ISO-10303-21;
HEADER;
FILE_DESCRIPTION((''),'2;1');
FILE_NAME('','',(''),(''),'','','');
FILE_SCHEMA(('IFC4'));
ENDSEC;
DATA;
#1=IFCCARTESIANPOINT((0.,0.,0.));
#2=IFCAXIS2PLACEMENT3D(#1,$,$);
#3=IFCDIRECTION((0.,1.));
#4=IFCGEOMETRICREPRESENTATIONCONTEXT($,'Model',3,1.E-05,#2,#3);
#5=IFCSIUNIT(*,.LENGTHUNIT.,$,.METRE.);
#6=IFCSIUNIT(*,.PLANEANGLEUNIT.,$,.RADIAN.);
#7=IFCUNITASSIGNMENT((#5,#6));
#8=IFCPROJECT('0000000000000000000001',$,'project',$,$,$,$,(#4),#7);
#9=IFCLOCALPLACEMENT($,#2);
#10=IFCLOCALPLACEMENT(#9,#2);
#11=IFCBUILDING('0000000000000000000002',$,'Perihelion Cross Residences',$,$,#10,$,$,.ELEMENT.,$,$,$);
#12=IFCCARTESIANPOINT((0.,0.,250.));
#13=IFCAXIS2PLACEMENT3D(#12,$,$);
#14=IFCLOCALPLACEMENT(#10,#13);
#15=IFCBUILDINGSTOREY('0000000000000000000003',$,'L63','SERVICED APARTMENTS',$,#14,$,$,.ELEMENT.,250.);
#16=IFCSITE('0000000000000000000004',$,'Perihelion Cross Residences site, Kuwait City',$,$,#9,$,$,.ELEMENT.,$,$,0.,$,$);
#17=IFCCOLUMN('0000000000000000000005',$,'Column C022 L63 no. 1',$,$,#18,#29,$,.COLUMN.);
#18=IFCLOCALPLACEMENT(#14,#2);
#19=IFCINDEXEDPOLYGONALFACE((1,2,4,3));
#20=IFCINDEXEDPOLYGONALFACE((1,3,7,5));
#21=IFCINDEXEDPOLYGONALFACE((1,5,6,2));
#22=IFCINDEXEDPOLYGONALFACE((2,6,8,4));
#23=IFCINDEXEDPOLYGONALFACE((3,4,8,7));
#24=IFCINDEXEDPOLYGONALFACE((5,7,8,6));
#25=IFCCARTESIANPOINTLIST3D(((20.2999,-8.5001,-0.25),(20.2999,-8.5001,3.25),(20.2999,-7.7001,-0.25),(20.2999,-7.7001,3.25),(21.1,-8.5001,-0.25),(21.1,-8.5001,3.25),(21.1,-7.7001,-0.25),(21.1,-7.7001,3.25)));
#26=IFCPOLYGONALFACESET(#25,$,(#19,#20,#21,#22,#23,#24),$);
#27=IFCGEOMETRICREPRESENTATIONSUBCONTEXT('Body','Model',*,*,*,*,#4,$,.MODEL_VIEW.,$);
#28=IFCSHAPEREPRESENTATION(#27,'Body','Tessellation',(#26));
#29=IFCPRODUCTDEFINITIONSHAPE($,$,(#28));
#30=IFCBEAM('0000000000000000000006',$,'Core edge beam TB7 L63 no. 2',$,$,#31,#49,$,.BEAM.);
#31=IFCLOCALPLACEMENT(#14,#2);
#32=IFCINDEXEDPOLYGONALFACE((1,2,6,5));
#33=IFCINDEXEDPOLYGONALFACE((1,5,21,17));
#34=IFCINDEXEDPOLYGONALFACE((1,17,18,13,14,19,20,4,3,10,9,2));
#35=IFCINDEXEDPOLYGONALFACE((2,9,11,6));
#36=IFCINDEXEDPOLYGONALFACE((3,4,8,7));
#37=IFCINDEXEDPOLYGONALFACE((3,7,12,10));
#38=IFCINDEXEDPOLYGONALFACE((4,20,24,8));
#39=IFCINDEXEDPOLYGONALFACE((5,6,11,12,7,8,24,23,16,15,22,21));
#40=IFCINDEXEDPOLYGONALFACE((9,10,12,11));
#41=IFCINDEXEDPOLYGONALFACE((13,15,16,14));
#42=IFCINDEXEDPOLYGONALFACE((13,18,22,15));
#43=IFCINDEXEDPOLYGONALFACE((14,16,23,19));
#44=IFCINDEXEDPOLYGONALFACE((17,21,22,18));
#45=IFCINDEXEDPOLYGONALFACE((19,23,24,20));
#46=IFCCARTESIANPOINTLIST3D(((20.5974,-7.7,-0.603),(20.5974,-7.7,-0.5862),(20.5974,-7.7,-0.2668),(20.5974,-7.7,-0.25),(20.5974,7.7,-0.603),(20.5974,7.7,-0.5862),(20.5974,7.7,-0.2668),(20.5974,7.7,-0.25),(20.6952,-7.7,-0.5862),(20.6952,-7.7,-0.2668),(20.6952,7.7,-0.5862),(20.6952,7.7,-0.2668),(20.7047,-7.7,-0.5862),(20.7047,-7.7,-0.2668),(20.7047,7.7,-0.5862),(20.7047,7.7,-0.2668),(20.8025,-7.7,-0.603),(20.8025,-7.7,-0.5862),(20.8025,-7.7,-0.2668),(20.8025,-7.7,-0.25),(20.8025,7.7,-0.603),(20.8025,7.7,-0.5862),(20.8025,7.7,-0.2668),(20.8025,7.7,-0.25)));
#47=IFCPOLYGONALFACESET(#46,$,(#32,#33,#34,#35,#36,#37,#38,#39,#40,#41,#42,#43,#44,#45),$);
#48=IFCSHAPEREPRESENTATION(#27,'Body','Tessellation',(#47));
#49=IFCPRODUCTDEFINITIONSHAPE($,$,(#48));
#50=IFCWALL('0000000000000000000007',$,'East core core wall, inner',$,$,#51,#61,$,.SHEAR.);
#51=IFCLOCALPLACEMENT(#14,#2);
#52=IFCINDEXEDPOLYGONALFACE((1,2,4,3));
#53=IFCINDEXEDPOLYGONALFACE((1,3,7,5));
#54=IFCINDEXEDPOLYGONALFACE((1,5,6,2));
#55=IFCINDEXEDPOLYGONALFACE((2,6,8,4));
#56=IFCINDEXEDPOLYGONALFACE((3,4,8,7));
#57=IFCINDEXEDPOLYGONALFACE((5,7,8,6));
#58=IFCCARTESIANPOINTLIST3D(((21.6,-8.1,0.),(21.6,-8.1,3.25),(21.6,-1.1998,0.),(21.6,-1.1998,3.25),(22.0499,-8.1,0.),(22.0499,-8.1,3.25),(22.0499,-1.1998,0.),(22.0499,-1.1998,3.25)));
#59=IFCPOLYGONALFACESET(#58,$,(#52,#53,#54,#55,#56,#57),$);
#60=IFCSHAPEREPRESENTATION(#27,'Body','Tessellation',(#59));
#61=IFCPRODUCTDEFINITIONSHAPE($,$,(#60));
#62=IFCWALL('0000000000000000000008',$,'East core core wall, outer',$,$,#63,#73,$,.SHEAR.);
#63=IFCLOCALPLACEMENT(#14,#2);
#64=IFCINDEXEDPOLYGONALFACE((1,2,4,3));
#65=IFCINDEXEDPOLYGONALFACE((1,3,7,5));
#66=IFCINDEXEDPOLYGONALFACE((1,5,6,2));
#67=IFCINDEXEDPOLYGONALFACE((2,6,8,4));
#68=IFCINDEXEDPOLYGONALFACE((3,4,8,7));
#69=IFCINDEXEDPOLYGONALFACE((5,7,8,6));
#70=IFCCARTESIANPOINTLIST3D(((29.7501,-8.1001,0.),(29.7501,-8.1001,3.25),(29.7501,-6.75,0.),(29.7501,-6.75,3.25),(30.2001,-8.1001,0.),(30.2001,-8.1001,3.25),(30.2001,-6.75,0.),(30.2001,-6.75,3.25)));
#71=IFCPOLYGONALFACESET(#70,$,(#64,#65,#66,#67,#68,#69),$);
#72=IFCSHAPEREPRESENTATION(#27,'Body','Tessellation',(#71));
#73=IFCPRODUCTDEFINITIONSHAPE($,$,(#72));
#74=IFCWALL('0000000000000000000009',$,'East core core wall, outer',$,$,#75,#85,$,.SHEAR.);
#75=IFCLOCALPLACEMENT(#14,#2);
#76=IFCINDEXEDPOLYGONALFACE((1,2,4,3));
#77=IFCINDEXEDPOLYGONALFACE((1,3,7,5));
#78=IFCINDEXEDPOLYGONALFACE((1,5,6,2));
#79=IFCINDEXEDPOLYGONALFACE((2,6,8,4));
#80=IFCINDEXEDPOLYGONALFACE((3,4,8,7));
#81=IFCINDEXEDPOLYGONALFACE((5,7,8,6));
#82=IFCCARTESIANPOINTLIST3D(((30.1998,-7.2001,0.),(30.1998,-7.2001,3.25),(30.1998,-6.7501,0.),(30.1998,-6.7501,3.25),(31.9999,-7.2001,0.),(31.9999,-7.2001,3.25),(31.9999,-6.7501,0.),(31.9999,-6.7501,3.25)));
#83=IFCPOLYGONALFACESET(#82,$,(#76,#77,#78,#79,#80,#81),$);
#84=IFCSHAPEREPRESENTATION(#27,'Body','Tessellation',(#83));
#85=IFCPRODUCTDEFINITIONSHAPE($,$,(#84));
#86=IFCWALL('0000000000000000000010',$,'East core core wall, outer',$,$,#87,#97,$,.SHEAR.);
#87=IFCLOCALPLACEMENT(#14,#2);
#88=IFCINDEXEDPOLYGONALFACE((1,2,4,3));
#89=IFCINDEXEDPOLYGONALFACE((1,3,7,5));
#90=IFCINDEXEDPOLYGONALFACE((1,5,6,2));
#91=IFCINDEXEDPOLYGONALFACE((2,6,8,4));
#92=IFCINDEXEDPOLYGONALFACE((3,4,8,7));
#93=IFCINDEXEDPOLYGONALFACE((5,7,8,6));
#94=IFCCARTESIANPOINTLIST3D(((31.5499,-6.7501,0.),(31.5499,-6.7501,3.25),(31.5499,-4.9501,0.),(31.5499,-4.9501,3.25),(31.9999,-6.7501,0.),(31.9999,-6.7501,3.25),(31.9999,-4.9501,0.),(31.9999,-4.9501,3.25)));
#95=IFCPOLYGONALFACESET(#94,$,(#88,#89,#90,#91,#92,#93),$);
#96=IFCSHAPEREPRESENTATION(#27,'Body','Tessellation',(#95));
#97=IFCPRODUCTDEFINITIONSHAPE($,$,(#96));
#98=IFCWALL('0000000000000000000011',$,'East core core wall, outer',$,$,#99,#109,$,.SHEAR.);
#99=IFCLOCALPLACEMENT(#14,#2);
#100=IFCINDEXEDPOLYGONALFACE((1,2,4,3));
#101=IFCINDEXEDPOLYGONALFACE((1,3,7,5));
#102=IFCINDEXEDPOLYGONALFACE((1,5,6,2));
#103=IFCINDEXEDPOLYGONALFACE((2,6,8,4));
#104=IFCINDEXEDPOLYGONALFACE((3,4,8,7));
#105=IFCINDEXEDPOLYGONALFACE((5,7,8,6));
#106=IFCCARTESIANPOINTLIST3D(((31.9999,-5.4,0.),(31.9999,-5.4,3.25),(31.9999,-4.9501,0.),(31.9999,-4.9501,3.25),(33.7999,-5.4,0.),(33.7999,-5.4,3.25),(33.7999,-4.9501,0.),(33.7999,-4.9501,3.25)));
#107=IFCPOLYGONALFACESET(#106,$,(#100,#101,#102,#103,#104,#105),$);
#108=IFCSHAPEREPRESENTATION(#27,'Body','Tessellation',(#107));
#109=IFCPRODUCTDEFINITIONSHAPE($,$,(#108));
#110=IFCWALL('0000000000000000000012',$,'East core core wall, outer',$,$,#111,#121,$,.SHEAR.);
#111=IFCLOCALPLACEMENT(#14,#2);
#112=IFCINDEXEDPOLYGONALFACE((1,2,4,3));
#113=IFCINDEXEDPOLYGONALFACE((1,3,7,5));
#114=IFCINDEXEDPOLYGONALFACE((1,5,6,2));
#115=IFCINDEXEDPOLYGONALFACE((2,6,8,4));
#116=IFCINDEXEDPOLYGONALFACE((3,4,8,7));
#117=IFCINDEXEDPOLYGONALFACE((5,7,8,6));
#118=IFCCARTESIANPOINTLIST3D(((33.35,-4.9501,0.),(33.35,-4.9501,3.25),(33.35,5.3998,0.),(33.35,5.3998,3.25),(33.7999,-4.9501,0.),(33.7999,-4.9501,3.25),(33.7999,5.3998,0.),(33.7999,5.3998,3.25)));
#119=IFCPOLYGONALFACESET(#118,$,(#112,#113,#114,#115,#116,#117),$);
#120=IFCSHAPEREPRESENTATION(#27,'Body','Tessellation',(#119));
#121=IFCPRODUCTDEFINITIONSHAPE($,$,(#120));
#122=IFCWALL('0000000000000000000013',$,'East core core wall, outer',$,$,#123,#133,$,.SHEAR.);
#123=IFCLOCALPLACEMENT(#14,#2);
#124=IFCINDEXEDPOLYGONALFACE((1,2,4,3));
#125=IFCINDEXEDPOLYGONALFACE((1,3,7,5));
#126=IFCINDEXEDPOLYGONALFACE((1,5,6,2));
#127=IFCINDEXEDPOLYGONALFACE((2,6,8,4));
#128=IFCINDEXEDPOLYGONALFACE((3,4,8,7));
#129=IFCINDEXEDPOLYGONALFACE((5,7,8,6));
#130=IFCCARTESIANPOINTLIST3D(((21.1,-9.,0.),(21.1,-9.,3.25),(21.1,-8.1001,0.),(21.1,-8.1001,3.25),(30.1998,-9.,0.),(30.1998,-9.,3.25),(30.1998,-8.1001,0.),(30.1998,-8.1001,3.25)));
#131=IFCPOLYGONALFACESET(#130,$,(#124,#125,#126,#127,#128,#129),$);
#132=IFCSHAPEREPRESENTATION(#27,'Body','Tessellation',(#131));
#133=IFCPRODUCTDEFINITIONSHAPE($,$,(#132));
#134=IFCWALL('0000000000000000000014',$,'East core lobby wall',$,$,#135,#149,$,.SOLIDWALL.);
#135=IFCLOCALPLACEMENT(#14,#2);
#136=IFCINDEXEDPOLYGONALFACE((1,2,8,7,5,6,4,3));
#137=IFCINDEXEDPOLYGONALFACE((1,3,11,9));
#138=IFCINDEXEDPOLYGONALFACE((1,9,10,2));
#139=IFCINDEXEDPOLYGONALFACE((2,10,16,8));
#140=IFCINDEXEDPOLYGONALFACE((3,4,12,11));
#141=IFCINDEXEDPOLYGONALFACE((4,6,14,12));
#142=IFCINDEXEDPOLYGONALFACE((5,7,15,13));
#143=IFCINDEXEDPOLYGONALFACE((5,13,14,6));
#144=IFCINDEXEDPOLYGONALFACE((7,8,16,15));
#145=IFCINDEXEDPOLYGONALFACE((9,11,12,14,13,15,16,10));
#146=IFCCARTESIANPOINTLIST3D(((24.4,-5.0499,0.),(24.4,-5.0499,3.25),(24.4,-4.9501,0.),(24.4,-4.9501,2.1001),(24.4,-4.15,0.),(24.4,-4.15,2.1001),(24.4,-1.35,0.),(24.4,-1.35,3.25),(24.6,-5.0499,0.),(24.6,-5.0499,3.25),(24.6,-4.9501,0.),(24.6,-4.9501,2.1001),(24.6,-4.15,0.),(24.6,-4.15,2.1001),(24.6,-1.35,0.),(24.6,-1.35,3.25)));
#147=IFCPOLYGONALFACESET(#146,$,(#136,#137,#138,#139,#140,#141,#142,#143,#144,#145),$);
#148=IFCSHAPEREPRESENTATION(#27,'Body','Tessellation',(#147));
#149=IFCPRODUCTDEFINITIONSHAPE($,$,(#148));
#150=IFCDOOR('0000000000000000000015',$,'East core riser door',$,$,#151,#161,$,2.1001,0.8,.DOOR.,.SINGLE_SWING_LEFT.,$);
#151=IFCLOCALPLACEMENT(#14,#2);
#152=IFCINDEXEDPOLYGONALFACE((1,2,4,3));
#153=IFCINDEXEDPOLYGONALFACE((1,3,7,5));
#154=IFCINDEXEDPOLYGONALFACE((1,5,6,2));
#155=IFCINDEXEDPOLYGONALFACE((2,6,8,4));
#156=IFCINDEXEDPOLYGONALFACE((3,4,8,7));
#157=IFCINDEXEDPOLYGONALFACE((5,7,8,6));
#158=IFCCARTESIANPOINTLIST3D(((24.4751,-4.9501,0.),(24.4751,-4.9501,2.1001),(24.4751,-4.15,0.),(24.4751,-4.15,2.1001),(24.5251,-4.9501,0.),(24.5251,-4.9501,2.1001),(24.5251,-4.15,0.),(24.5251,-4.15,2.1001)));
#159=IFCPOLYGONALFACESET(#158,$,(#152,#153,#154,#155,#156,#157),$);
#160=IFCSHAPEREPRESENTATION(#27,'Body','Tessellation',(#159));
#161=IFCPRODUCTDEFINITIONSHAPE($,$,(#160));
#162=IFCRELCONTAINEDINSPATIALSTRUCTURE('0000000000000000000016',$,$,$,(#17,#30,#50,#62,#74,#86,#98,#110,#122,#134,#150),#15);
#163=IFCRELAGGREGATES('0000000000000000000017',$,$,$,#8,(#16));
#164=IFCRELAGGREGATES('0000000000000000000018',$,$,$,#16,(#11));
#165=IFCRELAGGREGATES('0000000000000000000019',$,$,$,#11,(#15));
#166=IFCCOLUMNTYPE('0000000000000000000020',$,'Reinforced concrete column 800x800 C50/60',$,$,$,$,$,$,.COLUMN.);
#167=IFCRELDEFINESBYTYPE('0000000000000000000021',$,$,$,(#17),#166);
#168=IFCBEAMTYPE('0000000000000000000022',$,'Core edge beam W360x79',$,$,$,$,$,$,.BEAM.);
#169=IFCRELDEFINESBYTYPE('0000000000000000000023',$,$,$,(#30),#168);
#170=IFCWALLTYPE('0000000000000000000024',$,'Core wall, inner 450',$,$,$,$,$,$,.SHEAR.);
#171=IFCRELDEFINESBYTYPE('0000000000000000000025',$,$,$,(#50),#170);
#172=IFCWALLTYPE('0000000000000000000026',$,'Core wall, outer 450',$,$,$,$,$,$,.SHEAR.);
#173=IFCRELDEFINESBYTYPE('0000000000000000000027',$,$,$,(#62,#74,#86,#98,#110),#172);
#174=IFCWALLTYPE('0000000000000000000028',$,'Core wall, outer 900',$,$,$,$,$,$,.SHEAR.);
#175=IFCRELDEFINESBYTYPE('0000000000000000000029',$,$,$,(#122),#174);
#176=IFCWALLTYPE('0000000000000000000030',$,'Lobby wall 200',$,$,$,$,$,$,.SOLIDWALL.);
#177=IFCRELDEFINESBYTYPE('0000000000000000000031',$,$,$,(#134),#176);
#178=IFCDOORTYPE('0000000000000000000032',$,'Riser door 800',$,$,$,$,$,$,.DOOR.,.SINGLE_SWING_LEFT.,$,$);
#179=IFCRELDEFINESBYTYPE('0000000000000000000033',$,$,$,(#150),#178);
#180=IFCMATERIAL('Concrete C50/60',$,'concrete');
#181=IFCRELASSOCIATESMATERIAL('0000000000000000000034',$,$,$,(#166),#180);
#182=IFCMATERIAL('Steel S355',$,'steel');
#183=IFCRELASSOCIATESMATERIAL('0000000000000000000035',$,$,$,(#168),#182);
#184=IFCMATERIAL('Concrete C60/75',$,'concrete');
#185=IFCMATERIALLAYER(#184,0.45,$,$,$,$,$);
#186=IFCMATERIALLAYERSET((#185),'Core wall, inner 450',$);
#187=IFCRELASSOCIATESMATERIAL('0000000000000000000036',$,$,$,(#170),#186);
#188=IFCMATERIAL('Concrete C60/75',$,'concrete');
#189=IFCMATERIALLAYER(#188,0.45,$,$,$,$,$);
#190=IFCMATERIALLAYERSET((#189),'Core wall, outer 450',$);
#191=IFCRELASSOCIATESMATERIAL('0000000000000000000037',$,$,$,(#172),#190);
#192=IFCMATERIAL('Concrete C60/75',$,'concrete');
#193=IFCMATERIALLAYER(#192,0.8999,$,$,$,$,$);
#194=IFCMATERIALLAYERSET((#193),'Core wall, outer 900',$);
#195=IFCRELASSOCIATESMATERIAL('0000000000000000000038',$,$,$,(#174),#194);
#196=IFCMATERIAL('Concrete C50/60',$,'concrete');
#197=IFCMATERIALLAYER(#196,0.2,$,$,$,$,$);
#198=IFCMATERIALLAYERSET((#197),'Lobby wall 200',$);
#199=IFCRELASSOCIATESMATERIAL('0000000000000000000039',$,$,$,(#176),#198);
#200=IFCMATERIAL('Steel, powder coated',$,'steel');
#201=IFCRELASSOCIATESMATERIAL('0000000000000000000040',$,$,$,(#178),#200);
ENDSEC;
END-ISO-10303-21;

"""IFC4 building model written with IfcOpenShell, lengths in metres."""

from ifc_helpers import new_model, si_unit, direction, frame, frame_2d, origin, origin_2d, place, context, subcontext, project, spatial, rectangle, i_section, extrude, material, layer, layer_set, material_profile, profile_set, type_object, element, fill, save


model = new_model("IFC4")

# Units and contexts
model_context = context("Model", 3, precision=1e-05, world=origin(), true_north=direction((0.0, 1.0)))
body_context = subcontext(model_context, "Body", "Model", "MODEL_VIEW")
ifc_project = project(units=[si_unit("LENGTHUNIT", "METRE"), si_unit("PLANEANGLEUNIT", "RADIAN")], contexts=[model_context])

# Site, building, storey
site_placement = place(None, origin())
site = spatial("IfcSite", under=ifc_project, at=site_placement, Name="Perihelion Cross Residences site, Kuwait City", CompositionType="ELEMENT", RefElevation=0.0)
building_placement = place(site_placement, origin())
building = spatial("IfcBuilding", under=site, at=building_placement, Name="Perihelion Cross Residences", CompositionType="ELEMENT")
storey_placement = place(building_placement, frame((0.0, 0.0, 250.0)))
storey = spatial("IfcBuildingStorey", under=building, at=storey_placement, Name="L63", Description="SERVICED APARTMENTS", CompositionType="ELEMENT", Elevation=250.0)

# Column
ifc_material_1 = material(Name="Concrete C50/60", Category="concrete")
ifc_material_profile_1 = material_profile(ifc_material_1, rectangle(XDim=0.8, YDim=0.8, at=origin_2d()), Name="RC 800x800")
ifc_profile_set_1 = profile_set([ifc_material_profile_1], Name="Concrete C50/60")
column_type = type_object("IfcColumnType", Name="Reinforced concrete column 800x800 C50/60", PredefinedType="COLUMN", material=ifc_profile_set_1)
column_placement = place(storey_placement, frame((20.7, -8.1001, -0.25), z_axis=(0.0, 0.0, 1.0), x_axis=(1.0, 0.0, 0.0)))
element("IfcColumn", 1, at=column_placement, inside=storey, type_object=column_type, Name="Column C022 L63 no. 1", PredefinedType="COLUMN", context=body_context, shape_type="SweptSolid", body=[
    extrude(rectangle(XDim=0.8, YDim=0.8, at=origin_2d()), origin(), (0.0, 0.0, 1.0), 3.5),
])

# Beam
ifc_material_2 = material(Name="Steel S355", Category="steel")
ifc_material_profile_2 = material_profile(ifc_material_2, i_section(OverallWidth=0.2051, OverallDepth=0.353, WebThickness=0.0095, FlangeThickness=0.0168, at=origin_2d()), Name="W360x79")
ifc_profile_set_2 = profile_set([ifc_material_profile_2], Name="Steel S355")
beam_type = type_object("IfcBeamType", Name="Core edge beam W360x79", PredefinedType="BEAM", material=ifc_profile_set_2)
beam_placement = place(storey_placement, frame((20.7, -7.7, -0.4265), z_axis=(0.0, 1.0, 0.0), x_axis=(-1.0, 0.0, 0.0)))
element("IfcBeam", 2, at=beam_placement, inside=storey, type_object=beam_type, Name="Core edge beam TB7 L63 no. 2", PredefinedType="BEAM", context=body_context, shape_type="SweptSolid", body=[
    extrude(i_section(OverallWidth=0.2051, OverallDepth=0.353, WebThickness=0.0095, FlangeThickness=0.0168, at=origin_2d()), origin(), (0.0, 0.0, 1.0), 15.3999),
])

# Walls
ifc_material_3 = material(Name="Concrete C60/75", Category="concrete")
ifc_layer_1 = layer(ifc_material_3, 0.45)
ifc_layer_set_1 = layer_set([ifc_layer_1], Name="Core wall, inner 450")
wall_type_1 = type_object("IfcWallType", Name="Core wall, inner 450", PredefinedType="SHEAR", material=ifc_layer_set_1)
wall_1_placement = place(storey_placement, frame((21.825, -8.1001, 0.0), z_axis=(0.0, 0.0, 1.0), x_axis=(0.0, 1.0, 0.0)))
element("IfcWall", 3, at=wall_1_placement, inside=storey, type_object=wall_type_1, Name="East core core wall, inner", PredefinedType="SHEAR", context=body_context, shape_type="SweptSolid", body=[
    extrude(rectangle(XDim=6.9001, YDim=0.45, at=frame_2d((3.4502, 0.0))), origin(), (0.0, 0.0, 1.0), 3.25),
])
ifc_material_4 = material(Name="Concrete C60/75", Category="concrete")
ifc_layer_2 = layer(ifc_material_4, 0.45)
ifc_layer_set_2 = layer_set([ifc_layer_2], Name="Core wall, outer 450")
wall_type_2 = type_object("IfcWallType", Name="Core wall, outer 450", PredefinedType="SHEAR", material=ifc_layer_set_2)
wall_2_placement = place(storey_placement, frame((29.9751, -8.1001, 0.0), z_axis=(0.0, 0.0, 1.0), x_axis=(0.0, 1.0, 0.0)))
element("IfcWall", 4, at=wall_2_placement, inside=storey, type_object=wall_type_2, Name="East core core wall, outer", PredefinedType="SHEAR", context=body_context, shape_type="SweptSolid", body=[
    extrude(rectangle(XDim=1.3501, YDim=0.45, at=frame_2d((0.675, 0.0))), origin(), (0.0, 0.0, 1.0), 3.25),
])
for number, where, z_axis, x_axis, name in (
    (5, (30.2, -6.9751, 0.0), (0.0, 0.0, 1.0), (1.0, 0.0, 0.0), "East core core wall, outer"),
    (6, (31.7749, -6.75, 0.0), (0.0, 0.0, 1.0), (0.0, 1.0, 0.0), "East core core wall, outer"),
    (7, (32.0, -5.175, 0.0), (0.0, 0.0, 1.0), (1.0, 0.0, 0.0), "East core core wall, outer"),
):
    element("IfcWall", number, at=place(storey_placement, frame(where, z_axis=z_axis, x_axis=x_axis)), inside=storey, type_object=wall_type_2, Name=name, PredefinedType="SHEAR", context=body_context, shape_type="SweptSolid", body=[
        extrude(rectangle(XDim=1.8, YDim=0.45, at=frame_2d((0.8999, 0.0))), origin(), (0.0, 0.0, 1.0), 3.25),
    ])
wall_3_placement = place(storey_placement, frame((33.575, -4.95, 0.0), z_axis=(0.0, 0.0, 1.0), x_axis=(0.0, 1.0, 0.0)))
element("IfcWall", 8, at=wall_3_placement, inside=storey, type_object=wall_type_2, Name="East core core wall, outer", PredefinedType="SHEAR", context=body_context, shape_type="SweptSolid", body=[
    extrude(rectangle(XDim=10.3499, YDim=0.45, at=frame_2d((5.1748, 0.0))), origin(), (0.0, 0.0, 1.0), 3.25),
])
ifc_material_5 = material(Name="Concrete C60/75", Category="concrete")
ifc_layer_3 = layer(ifc_material_5, 0.8999)
ifc_layer_set_3 = layer_set([ifc_layer_3], Name="Core wall, outer 900")
wall_type_3 = type_object("IfcWallType", Name="Core wall, outer 900", PredefinedType="SHEAR", material=ifc_layer_set_3)
wall_4_placement = place(storey_placement, frame((21.1001, -8.55, 0.0), z_axis=(0.0, 0.0, 1.0), x_axis=(1.0, 0.0, 0.0)))
element("IfcWall", 9, at=wall_4_placement, inside=storey, type_object=wall_type_3, Name="East core core wall, outer", PredefinedType="SHEAR", context=body_context, shape_type="SweptSolid", body=[
    extrude(rectangle(XDim=9.0999, YDim=0.8999, at=frame_2d((4.5498, 0.0))), origin(), (0.0, 0.0, 1.0), 3.25),
])

# Wall, opening, door
ifc_material_6 = material(Name="Concrete C50/60", Category="concrete")
ifc_layer_4 = layer(ifc_material_6, 0.2)
ifc_layer_set_4 = layer_set([ifc_layer_4], Name="Lobby wall 200")
wall_type_4 = type_object("IfcWallType", Name="Lobby wall 200", PredefinedType="SOLIDWALL", material=ifc_layer_set_4)
wall_5_placement = place(storey_placement, frame((24.5, -5.05, 0.0), z_axis=(0.0, 0.0, 1.0), x_axis=(0.0, 1.0, 0.0)))
wall_5 = element("IfcWall", 10, at=wall_5_placement, inside=storey, type_object=wall_type_4, Name="East core lobby wall", PredefinedType="SOLIDWALL", context=body_context, shape_type="SweptSolid", body=[
    extrude(rectangle(XDim=3.7, YDim=0.2, at=frame_2d((1.8501, 0.0))), origin(), (0.0, 0.0, 1.0), 3.25),
])
opening_1_placement = place(wall_5_placement, frame((0.1001, 0.0, 0.0)))
opening_1 = element("IfcOpeningElement", 11, at=opening_1_placement, cuts=wall_5, PredefinedType="OPENING", context=body_context, shape_type="SweptSolid", body=[
    extrude(rectangle(XDim=0.8, YDim=2.1001, at=frame_2d((0.3999, 1.05))), frame((0.0, 0.1099, 0.0), z_axis=(0.0, -1.0, 0.0), x_axis=(1.0, 0.0, 0.0)), (0.0, 0.0, 1.0), 0.22),
])
ifc_material_7 = material(Name="Steel, powder coated", Category="steel")
door_type_1 = type_object("IfcDoorType", Name="Riser door 800", OperationType="SINGLE_SWING_LEFT", PredefinedType="DOOR", material=ifc_material_7)
door_1_placement = place(opening_1_placement, origin())
door_1 = element("IfcDoor", 12, at=door_1_placement, inside=storey, type_object=door_type_1, Name="East core riser door", OperationType="SINGLE_SWING_LEFT", OverallHeight=2.1001, OverallWidth=0.8, PredefinedType="DOOR", context=body_context, shape_type="SweptSolid", body=[
    extrude(rectangle(XDim=0.8, YDim=2.1001, at=frame_2d((0.3999, 1.05))), frame((0.0, 0.0249, 0.0), z_axis=(0.0, -1.0, 0.0), x_axis=(1.0, 0.0, 0.0)), (0.0, 0.0, 1.0), 0.05),
])
fill(opening_1, door_1)

save(model, "model.ifc")
